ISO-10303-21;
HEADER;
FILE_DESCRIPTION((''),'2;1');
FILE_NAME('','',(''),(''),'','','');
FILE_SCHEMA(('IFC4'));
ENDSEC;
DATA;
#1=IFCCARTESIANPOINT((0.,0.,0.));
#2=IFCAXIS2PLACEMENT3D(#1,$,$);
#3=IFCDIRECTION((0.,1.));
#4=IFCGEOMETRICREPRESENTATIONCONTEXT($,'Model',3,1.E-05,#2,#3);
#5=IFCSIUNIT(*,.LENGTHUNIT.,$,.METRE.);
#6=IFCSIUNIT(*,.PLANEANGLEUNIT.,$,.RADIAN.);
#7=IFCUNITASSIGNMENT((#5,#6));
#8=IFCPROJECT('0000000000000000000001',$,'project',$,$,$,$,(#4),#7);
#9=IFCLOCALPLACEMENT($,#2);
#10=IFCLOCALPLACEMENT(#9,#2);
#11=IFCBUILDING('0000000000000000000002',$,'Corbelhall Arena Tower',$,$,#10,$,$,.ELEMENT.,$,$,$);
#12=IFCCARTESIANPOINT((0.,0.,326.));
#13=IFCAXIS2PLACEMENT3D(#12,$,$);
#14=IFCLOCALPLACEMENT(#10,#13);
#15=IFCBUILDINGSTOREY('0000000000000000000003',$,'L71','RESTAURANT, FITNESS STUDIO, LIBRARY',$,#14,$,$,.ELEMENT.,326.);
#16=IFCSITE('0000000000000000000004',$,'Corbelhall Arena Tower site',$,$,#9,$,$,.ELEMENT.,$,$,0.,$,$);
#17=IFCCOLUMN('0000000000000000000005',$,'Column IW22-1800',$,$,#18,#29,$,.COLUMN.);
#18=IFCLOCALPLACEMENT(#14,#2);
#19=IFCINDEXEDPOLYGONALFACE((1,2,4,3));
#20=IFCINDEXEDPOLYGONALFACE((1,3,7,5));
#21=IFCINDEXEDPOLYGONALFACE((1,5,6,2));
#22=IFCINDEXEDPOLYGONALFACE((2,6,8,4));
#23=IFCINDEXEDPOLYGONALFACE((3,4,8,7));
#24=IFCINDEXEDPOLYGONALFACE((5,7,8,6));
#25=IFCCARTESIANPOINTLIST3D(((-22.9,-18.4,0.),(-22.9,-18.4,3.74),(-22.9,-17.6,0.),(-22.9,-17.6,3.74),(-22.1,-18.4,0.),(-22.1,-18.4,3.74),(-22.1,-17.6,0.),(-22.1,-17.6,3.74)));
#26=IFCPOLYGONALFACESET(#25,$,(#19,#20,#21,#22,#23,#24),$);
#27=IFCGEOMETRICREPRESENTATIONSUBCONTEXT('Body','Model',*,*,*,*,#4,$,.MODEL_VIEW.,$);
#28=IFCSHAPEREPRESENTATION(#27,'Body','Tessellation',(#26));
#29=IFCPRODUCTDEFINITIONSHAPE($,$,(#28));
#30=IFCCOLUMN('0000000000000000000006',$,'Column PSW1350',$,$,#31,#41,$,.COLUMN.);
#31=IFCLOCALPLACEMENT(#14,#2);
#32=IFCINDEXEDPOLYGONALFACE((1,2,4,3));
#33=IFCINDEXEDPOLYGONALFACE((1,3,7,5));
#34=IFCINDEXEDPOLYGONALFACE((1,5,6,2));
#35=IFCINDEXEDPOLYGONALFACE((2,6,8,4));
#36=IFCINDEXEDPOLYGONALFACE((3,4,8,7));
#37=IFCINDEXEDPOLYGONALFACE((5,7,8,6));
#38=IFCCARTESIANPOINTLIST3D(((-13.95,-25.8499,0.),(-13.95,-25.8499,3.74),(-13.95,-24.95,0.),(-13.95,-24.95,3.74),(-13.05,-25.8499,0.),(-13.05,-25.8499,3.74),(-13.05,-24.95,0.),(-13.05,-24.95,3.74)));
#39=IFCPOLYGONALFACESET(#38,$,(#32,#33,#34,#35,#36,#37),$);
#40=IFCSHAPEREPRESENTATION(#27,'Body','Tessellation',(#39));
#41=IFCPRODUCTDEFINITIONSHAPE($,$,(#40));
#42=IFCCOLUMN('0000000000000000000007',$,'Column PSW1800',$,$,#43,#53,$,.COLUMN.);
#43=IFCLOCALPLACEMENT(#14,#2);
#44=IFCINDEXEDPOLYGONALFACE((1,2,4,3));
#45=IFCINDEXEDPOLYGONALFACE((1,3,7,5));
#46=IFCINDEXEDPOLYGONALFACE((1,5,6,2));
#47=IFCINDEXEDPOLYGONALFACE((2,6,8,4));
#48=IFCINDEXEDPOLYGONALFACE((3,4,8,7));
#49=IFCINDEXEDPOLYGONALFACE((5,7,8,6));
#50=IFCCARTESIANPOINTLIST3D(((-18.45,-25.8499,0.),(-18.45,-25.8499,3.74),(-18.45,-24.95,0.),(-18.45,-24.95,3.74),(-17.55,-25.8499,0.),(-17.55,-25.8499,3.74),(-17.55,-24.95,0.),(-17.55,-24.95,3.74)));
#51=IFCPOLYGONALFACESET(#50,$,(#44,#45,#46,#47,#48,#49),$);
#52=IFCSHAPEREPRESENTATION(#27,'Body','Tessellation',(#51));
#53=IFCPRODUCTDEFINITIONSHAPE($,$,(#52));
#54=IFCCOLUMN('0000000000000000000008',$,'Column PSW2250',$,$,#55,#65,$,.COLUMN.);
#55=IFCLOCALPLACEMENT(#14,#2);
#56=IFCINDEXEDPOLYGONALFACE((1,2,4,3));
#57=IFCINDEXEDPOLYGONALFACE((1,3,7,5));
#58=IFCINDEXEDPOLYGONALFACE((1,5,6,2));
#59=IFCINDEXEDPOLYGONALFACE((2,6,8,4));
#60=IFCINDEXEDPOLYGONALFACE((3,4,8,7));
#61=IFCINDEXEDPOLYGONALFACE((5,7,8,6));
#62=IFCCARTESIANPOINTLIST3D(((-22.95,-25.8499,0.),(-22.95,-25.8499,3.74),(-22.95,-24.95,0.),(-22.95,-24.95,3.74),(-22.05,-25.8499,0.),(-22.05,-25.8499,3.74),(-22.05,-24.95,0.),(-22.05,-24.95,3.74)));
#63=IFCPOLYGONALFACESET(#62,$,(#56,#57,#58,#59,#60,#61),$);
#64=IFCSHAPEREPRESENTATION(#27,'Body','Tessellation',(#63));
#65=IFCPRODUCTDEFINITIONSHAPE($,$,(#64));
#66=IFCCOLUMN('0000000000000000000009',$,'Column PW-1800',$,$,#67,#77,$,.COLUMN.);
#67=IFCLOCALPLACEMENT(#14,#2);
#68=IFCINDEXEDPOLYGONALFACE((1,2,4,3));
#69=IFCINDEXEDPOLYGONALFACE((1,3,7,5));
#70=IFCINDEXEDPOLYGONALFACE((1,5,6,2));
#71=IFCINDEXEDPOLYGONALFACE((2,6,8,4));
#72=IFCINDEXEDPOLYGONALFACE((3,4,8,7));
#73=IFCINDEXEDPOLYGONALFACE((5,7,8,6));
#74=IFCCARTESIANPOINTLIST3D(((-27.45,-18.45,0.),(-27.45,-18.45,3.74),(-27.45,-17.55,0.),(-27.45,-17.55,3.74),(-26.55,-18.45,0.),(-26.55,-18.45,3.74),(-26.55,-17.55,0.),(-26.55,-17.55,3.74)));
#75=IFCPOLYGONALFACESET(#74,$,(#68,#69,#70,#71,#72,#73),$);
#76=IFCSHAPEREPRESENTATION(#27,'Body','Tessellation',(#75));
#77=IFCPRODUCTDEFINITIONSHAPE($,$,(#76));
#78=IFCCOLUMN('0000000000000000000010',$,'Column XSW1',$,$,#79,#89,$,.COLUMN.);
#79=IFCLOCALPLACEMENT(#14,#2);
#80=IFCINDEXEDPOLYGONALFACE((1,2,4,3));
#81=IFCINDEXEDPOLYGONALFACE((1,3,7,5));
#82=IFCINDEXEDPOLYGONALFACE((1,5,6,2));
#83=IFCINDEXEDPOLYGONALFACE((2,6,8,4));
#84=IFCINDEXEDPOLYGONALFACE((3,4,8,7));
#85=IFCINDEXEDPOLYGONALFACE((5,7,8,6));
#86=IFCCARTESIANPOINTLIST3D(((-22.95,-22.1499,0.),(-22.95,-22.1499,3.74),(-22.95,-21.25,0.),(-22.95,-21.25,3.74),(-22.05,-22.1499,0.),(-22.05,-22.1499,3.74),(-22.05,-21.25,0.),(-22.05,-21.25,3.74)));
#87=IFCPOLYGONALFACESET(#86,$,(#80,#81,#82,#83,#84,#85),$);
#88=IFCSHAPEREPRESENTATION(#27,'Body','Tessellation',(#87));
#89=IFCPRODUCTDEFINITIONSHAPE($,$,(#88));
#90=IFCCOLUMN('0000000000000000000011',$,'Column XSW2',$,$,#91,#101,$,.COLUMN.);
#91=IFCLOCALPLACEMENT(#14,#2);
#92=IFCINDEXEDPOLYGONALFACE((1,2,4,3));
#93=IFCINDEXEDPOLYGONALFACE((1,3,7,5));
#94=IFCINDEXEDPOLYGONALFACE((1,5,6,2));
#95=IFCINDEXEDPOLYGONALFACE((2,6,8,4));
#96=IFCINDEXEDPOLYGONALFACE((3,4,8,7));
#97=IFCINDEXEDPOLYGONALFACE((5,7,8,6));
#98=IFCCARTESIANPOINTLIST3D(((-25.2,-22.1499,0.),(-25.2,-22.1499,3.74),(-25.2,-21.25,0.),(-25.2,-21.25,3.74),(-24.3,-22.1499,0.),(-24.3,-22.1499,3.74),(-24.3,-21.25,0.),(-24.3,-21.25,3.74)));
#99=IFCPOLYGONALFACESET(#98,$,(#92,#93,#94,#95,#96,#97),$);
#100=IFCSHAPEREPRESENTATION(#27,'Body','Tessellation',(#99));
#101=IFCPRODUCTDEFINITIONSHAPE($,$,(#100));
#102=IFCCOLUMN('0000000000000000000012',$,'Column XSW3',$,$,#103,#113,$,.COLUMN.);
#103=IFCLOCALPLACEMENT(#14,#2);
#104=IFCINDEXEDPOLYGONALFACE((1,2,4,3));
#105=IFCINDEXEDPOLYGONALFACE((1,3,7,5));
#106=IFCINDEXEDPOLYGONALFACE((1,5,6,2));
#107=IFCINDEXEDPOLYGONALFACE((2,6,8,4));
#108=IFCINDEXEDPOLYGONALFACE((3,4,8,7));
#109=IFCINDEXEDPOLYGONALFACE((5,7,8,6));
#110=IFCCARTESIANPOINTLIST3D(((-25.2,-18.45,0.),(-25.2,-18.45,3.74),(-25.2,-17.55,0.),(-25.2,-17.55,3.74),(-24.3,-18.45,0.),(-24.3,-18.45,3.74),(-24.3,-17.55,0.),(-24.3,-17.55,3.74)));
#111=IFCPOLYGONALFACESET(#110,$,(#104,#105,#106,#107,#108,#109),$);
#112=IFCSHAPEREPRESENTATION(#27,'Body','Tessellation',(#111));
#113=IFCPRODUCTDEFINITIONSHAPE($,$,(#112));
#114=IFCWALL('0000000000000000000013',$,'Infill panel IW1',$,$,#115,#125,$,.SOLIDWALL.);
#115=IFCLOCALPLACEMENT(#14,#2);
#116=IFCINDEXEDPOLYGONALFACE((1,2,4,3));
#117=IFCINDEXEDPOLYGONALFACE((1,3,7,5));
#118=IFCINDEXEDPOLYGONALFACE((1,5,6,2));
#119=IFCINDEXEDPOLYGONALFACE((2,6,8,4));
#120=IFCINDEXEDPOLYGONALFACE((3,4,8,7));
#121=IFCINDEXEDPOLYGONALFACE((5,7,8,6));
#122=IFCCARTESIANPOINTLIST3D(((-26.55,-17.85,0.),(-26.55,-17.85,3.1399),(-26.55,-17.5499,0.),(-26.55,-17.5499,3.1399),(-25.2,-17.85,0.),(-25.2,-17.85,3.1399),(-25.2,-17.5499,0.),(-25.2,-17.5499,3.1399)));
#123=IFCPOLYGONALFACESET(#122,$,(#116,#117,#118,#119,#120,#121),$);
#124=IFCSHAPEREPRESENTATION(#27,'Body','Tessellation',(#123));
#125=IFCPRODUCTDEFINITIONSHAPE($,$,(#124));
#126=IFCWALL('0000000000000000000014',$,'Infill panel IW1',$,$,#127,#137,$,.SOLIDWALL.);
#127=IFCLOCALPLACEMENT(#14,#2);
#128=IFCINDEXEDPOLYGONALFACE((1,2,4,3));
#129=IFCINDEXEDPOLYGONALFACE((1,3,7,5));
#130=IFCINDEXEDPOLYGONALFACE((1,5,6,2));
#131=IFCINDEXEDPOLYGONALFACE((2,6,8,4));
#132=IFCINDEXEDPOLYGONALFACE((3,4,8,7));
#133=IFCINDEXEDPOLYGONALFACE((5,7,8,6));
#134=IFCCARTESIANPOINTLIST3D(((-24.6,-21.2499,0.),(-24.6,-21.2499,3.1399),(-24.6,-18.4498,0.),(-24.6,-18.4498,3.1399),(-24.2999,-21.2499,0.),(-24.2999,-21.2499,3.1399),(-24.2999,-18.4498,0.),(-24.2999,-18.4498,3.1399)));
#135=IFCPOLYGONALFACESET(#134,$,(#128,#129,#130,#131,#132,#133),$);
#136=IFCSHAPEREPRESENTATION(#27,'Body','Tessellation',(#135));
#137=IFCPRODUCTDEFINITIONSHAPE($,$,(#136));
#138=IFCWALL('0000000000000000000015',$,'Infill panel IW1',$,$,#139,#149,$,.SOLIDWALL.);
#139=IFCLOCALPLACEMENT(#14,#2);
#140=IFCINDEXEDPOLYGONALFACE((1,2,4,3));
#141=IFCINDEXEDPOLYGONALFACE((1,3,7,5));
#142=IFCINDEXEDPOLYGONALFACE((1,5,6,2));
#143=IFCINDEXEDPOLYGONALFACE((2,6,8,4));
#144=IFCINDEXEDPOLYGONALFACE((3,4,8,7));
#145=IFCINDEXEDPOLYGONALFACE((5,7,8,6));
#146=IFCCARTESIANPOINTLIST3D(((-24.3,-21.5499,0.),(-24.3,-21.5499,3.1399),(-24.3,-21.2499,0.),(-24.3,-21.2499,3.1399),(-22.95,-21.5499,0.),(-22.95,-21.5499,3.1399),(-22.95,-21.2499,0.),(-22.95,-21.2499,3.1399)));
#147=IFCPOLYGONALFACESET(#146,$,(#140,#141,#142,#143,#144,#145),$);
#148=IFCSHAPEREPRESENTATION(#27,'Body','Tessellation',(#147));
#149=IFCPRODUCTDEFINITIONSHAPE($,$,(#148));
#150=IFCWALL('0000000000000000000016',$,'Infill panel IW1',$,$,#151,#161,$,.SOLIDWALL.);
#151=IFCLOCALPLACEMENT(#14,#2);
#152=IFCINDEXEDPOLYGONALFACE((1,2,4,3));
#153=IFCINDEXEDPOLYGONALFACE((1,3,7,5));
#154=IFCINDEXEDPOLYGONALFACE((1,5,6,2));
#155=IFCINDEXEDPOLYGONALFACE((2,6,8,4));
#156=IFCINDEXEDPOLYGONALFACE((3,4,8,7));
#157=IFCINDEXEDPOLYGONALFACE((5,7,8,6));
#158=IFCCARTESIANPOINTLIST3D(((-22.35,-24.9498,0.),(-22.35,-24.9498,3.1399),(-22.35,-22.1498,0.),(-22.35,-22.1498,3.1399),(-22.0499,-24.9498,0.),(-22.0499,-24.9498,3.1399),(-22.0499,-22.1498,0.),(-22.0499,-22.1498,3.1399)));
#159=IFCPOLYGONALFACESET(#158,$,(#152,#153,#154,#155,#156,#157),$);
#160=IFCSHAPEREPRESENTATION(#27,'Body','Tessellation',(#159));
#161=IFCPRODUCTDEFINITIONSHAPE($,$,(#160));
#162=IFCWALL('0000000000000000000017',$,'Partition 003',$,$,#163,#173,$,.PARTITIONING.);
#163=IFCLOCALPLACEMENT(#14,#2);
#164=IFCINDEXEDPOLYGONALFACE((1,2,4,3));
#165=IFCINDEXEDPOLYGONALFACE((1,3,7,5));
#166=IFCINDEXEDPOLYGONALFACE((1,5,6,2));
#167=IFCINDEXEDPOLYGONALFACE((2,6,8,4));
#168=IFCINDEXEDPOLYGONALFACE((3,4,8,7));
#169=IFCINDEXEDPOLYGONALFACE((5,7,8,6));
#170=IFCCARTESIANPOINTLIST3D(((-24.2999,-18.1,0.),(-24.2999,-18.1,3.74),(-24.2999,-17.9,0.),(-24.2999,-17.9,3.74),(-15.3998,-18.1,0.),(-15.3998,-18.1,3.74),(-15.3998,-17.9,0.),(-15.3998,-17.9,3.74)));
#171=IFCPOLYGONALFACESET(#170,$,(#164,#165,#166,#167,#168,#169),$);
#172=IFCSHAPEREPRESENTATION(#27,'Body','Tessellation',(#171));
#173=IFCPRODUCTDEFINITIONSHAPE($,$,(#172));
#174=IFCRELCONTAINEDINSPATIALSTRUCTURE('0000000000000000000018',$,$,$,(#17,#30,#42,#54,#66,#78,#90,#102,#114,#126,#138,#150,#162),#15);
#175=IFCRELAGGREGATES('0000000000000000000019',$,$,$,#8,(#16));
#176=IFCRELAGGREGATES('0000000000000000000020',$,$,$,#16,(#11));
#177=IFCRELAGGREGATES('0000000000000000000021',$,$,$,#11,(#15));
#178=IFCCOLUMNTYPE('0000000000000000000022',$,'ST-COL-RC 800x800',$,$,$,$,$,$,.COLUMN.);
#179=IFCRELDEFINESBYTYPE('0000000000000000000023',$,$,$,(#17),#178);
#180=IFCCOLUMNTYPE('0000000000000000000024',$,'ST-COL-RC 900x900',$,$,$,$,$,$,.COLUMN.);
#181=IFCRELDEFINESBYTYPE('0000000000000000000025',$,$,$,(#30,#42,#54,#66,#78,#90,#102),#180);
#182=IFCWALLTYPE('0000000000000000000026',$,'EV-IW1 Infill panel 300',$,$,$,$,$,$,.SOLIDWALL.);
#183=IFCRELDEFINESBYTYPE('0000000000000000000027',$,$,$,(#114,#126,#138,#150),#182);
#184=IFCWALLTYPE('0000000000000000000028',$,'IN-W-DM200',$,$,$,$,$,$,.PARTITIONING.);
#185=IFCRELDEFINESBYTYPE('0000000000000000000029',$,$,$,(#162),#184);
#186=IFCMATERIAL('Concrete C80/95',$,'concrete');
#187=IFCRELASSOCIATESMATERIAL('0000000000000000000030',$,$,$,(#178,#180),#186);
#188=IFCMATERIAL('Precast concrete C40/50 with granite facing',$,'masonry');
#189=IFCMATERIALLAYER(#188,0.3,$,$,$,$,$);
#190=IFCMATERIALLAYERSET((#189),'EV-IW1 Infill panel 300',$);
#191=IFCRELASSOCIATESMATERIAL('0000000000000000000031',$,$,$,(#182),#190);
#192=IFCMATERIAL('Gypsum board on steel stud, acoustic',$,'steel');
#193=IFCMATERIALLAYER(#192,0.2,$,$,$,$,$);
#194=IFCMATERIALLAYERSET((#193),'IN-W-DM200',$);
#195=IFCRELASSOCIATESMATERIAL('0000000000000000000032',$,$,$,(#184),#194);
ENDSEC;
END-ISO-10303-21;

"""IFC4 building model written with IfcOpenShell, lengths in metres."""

from ifc_helpers import new_model, si_unit, direction, frame, frame_2d, origin, origin_2d, place, context, subcontext, project, spatial, rectangle, extrude, material, layer, layer_set, material_profile, profile_set, type_object, element, save


model = new_model("IFC4")

# Units and contexts
model_context = context("Model", 3, precision=1e-05, world=origin(), true_north=direction((0.0, 1.0)))
body_context = subcontext(model_context, "Body", "Model", "MODEL_VIEW")
ifc_project = project(units=[si_unit("LENGTHUNIT", "METRE"), si_unit("PLANEANGLEUNIT", "RADIAN")], contexts=[model_context])

# Site, building, storey
site_placement = place(None, origin())
site = spatial("IfcSite", under=ifc_project, at=site_placement, Name="Corbelhall Arena Tower site", CompositionType="ELEMENT", RefElevation=0.0)
building_placement = place(site_placement, origin())
building = spatial("IfcBuilding", under=site, at=building_placement, Name="Corbelhall Arena Tower", CompositionType="ELEMENT")
storey_placement = place(building_placement, frame((0.0, 0.0, 326.0)))
storey = spatial("IfcBuildingStorey", under=building, at=storey_placement, Name="L71", Description="RESTAURANT, FITNESS STUDIO, LIBRARY", CompositionType="ELEMENT", Elevation=326.0)

# Columns
ifc_material_1 = material(Name="Concrete C80/95", Category="concrete")
ifc_material_profile_1 = material_profile(ifc_material_1, rectangle(XDim=0.8, YDim=0.8, at=origin_2d()))
ifc_profile_set_1 = profile_set([ifc_material_profile_1], Name="Concrete C80/95")
column_type_1 = type_object("IfcColumnType", Name="ST-COL-RC 800x800", PredefinedType="COLUMN", material=ifc_profile_set_1)
column_placement = place(storey_placement, frame((-22.5, -18.0, 0.0), z_axis=(0.0, 0.0, 1.0), x_axis=(1.0, 0.0, 0.0)))
element("IfcColumn", 1, at=column_placement, inside=storey, type_object=column_type_1, Name="Column IW22-1800", PredefinedType="COLUMN", context=body_context, shape_type="SweptSolid", body=[
    extrude(rectangle(XDim=0.8, YDim=0.8, at=origin_2d()), origin(), (0.0, 0.0, 1.0), 3.74),
])
ifc_material_profile_2 = material_profile(ifc_material_1, rectangle(XDim=0.8999, YDim=0.8999, at=origin_2d()))
ifc_profile_set_2 = profile_set([ifc_material_profile_2], Name="Concrete C80/95")
column_type_2 = type_object("IfcColumnType", Name="ST-COL-RC 900x900", PredefinedType="COLUMN", material=ifc_profile_set_2)
for number, where, z_axis, x_axis, name in (
    (2, (-13.5, -25.3999, 0.0), (0.0, 0.0, 1.0), (1.0, 0.0, 0.0), "Column PSW1350"),
    (3, (-18.0, -25.3999, 0.0), (0.0, 0.0, 1.0), (1.0, 0.0, 0.0), "Column PSW1800"),
    (4, (-22.5, -25.3999, 0.0), (0.0, 0.0, 1.0), (1.0, 0.0, 0.0), "Column PSW2250"),
    (5, (-27.0, -18.0, 0.0), (0.0, 0.0, 1.0), (0.0, 1.0, 0.0), "Column PW-1800"),
    (6, (-22.5, -21.7, 0.0), (0.0, 0.0, 1.0), (1.0, 0.0, 0.0), "Column XSW1"),
    (7, (-24.75, -21.7, 0.0), (0.0, 0.0, 1.0), (1.0, 0.0, 0.0), "Column XSW2"),
    (8, (-24.75, -18.0, 0.0), (0.0, 0.0, 1.0), (1.0, 0.0, 0.0), "Column XSW3"),
):
    element("IfcColumn", number, at=place(storey_placement, frame(where, z_axis=z_axis, x_axis=x_axis)), inside=storey, type_object=column_type_2, Name=name, PredefinedType="COLUMN", context=body_context, shape_type="SweptSolid", body=[
        extrude(rectangle(XDim=0.8999, YDim=0.8999, at=origin_2d()), origin(), (0.0, 0.0, 1.0), 3.74),
    ])

# Walls
ifc_material_2 = material(Name="Precast concrete C40/50 with granite facing", Category="masonry")
ifc_layer_1 = layer(ifc_material_2, 0.3)
ifc_layer_set_1 = layer_set([ifc_layer_1], Name="EV-IW1 Infill panel 300")
wall_type_1 = type_object("IfcWallType", Name="EV-IW1 Infill panel 300", PredefinedType="SOLIDWALL", material=ifc_layer_set_1)
wall_1_placement = place(storey_placement, frame((-26.55, -17.7, 0.0), z_axis=(0.0, 0.0, 1.0), x_axis=(1.0, 0.0, 0.0)))
element("IfcWall", 9, at=wall_1_placement, inside=storey, type_object=wall_type_1, Name="Infill panel IW1", PredefinedType="SOLIDWALL", context=body_context, shape_type="SweptSolid", body=[
    extrude(rectangle(XDim=1.3501, YDim=0.3, at=frame_2d((0.675, 0.0))), origin(), (0.0, 0.0, 1.0), 3.1399),
])
wall_2_placement = place(storey_placement, frame((-24.45, -18.45, 0.0), z_axis=(0.0, 0.0, 1.0), x_axis=(0.0, -1.0, 0.0)))
element("IfcWall", 10, at=wall_2_placement, inside=storey, type_object=wall_type_1, Name="Infill panel IW1", PredefinedType="SOLIDWALL", context=body_context, shape_type="SweptSolid", body=[
    extrude(rectangle(XDim=2.8, YDim=0.3, at=frame_2d((1.3999, 0.0))), origin(), (0.0, 0.0, 1.0), 3.1399),
])
wall_3_placement = place(storey_placement, frame((-24.3, -21.3999, 0.0), z_axis=(0.0, 0.0, 1.0), x_axis=(1.0, 0.0, 0.0)))
element("IfcWall", 11, at=wall_3_placement, inside=storey, type_object=wall_type_1, Name="Infill panel IW1", PredefinedType="SOLIDWALL", context=body_context, shape_type="SweptSolid", body=[
    extrude(rectangle(XDim=1.3501, YDim=0.3, at=frame_2d((0.675, 0.0))), origin(), (0.0, 0.0, 1.0), 3.1399),
])
wall_4_placement = place(storey_placement, frame((-22.2, -22.1499, 0.0), z_axis=(0.0, 0.0, 1.0), x_axis=(0.0, -1.0, 0.0)))
element("IfcWall", 12, at=wall_4_placement, inside=storey, type_object=wall_type_1, Name="Infill panel IW1", PredefinedType="SOLIDWALL", context=body_context, shape_type="SweptSolid", body=[
    extrude(rectangle(XDim=2.8, YDim=0.3, at=frame_2d((1.3999, 0.0))), origin(), (0.0, 0.0, 1.0), 3.1399),
])

# Wall
ifc_material_3 = material(Name="Gypsum board on steel stud, acoustic", Category="steel")
ifc_layer_2 = layer(ifc_material_3, 0.2)
ifc_layer_set_2 = layer_set([ifc_layer_2], Name="IN-W-DM200")
wall_type_2 = type_object("IfcWallType", Name="IN-W-DM200", PredefinedType="PARTITIONING", material=ifc_layer_set_2)
wall_5_placement = place(storey_placement, frame((-24.3, -18.0, 0.0), z_axis=(0.0, 0.0, 1.0), x_axis=(1.0, 0.0, 0.0)))
element("IfcWall", 13, at=wall_5_placement, inside=storey, type_object=wall_type_2, Name="Partition 003", PredefinedType="PARTITIONING", context=body_context, shape_type="SweptSolid", body=[
    extrude(rectangle(XDim=8.9001, YDim=0.2, at=frame_2d((4.4502, 0.0))), origin(), (0.0, 0.0, 1.0), 3.74),
])

save(model, "model.ifc")
